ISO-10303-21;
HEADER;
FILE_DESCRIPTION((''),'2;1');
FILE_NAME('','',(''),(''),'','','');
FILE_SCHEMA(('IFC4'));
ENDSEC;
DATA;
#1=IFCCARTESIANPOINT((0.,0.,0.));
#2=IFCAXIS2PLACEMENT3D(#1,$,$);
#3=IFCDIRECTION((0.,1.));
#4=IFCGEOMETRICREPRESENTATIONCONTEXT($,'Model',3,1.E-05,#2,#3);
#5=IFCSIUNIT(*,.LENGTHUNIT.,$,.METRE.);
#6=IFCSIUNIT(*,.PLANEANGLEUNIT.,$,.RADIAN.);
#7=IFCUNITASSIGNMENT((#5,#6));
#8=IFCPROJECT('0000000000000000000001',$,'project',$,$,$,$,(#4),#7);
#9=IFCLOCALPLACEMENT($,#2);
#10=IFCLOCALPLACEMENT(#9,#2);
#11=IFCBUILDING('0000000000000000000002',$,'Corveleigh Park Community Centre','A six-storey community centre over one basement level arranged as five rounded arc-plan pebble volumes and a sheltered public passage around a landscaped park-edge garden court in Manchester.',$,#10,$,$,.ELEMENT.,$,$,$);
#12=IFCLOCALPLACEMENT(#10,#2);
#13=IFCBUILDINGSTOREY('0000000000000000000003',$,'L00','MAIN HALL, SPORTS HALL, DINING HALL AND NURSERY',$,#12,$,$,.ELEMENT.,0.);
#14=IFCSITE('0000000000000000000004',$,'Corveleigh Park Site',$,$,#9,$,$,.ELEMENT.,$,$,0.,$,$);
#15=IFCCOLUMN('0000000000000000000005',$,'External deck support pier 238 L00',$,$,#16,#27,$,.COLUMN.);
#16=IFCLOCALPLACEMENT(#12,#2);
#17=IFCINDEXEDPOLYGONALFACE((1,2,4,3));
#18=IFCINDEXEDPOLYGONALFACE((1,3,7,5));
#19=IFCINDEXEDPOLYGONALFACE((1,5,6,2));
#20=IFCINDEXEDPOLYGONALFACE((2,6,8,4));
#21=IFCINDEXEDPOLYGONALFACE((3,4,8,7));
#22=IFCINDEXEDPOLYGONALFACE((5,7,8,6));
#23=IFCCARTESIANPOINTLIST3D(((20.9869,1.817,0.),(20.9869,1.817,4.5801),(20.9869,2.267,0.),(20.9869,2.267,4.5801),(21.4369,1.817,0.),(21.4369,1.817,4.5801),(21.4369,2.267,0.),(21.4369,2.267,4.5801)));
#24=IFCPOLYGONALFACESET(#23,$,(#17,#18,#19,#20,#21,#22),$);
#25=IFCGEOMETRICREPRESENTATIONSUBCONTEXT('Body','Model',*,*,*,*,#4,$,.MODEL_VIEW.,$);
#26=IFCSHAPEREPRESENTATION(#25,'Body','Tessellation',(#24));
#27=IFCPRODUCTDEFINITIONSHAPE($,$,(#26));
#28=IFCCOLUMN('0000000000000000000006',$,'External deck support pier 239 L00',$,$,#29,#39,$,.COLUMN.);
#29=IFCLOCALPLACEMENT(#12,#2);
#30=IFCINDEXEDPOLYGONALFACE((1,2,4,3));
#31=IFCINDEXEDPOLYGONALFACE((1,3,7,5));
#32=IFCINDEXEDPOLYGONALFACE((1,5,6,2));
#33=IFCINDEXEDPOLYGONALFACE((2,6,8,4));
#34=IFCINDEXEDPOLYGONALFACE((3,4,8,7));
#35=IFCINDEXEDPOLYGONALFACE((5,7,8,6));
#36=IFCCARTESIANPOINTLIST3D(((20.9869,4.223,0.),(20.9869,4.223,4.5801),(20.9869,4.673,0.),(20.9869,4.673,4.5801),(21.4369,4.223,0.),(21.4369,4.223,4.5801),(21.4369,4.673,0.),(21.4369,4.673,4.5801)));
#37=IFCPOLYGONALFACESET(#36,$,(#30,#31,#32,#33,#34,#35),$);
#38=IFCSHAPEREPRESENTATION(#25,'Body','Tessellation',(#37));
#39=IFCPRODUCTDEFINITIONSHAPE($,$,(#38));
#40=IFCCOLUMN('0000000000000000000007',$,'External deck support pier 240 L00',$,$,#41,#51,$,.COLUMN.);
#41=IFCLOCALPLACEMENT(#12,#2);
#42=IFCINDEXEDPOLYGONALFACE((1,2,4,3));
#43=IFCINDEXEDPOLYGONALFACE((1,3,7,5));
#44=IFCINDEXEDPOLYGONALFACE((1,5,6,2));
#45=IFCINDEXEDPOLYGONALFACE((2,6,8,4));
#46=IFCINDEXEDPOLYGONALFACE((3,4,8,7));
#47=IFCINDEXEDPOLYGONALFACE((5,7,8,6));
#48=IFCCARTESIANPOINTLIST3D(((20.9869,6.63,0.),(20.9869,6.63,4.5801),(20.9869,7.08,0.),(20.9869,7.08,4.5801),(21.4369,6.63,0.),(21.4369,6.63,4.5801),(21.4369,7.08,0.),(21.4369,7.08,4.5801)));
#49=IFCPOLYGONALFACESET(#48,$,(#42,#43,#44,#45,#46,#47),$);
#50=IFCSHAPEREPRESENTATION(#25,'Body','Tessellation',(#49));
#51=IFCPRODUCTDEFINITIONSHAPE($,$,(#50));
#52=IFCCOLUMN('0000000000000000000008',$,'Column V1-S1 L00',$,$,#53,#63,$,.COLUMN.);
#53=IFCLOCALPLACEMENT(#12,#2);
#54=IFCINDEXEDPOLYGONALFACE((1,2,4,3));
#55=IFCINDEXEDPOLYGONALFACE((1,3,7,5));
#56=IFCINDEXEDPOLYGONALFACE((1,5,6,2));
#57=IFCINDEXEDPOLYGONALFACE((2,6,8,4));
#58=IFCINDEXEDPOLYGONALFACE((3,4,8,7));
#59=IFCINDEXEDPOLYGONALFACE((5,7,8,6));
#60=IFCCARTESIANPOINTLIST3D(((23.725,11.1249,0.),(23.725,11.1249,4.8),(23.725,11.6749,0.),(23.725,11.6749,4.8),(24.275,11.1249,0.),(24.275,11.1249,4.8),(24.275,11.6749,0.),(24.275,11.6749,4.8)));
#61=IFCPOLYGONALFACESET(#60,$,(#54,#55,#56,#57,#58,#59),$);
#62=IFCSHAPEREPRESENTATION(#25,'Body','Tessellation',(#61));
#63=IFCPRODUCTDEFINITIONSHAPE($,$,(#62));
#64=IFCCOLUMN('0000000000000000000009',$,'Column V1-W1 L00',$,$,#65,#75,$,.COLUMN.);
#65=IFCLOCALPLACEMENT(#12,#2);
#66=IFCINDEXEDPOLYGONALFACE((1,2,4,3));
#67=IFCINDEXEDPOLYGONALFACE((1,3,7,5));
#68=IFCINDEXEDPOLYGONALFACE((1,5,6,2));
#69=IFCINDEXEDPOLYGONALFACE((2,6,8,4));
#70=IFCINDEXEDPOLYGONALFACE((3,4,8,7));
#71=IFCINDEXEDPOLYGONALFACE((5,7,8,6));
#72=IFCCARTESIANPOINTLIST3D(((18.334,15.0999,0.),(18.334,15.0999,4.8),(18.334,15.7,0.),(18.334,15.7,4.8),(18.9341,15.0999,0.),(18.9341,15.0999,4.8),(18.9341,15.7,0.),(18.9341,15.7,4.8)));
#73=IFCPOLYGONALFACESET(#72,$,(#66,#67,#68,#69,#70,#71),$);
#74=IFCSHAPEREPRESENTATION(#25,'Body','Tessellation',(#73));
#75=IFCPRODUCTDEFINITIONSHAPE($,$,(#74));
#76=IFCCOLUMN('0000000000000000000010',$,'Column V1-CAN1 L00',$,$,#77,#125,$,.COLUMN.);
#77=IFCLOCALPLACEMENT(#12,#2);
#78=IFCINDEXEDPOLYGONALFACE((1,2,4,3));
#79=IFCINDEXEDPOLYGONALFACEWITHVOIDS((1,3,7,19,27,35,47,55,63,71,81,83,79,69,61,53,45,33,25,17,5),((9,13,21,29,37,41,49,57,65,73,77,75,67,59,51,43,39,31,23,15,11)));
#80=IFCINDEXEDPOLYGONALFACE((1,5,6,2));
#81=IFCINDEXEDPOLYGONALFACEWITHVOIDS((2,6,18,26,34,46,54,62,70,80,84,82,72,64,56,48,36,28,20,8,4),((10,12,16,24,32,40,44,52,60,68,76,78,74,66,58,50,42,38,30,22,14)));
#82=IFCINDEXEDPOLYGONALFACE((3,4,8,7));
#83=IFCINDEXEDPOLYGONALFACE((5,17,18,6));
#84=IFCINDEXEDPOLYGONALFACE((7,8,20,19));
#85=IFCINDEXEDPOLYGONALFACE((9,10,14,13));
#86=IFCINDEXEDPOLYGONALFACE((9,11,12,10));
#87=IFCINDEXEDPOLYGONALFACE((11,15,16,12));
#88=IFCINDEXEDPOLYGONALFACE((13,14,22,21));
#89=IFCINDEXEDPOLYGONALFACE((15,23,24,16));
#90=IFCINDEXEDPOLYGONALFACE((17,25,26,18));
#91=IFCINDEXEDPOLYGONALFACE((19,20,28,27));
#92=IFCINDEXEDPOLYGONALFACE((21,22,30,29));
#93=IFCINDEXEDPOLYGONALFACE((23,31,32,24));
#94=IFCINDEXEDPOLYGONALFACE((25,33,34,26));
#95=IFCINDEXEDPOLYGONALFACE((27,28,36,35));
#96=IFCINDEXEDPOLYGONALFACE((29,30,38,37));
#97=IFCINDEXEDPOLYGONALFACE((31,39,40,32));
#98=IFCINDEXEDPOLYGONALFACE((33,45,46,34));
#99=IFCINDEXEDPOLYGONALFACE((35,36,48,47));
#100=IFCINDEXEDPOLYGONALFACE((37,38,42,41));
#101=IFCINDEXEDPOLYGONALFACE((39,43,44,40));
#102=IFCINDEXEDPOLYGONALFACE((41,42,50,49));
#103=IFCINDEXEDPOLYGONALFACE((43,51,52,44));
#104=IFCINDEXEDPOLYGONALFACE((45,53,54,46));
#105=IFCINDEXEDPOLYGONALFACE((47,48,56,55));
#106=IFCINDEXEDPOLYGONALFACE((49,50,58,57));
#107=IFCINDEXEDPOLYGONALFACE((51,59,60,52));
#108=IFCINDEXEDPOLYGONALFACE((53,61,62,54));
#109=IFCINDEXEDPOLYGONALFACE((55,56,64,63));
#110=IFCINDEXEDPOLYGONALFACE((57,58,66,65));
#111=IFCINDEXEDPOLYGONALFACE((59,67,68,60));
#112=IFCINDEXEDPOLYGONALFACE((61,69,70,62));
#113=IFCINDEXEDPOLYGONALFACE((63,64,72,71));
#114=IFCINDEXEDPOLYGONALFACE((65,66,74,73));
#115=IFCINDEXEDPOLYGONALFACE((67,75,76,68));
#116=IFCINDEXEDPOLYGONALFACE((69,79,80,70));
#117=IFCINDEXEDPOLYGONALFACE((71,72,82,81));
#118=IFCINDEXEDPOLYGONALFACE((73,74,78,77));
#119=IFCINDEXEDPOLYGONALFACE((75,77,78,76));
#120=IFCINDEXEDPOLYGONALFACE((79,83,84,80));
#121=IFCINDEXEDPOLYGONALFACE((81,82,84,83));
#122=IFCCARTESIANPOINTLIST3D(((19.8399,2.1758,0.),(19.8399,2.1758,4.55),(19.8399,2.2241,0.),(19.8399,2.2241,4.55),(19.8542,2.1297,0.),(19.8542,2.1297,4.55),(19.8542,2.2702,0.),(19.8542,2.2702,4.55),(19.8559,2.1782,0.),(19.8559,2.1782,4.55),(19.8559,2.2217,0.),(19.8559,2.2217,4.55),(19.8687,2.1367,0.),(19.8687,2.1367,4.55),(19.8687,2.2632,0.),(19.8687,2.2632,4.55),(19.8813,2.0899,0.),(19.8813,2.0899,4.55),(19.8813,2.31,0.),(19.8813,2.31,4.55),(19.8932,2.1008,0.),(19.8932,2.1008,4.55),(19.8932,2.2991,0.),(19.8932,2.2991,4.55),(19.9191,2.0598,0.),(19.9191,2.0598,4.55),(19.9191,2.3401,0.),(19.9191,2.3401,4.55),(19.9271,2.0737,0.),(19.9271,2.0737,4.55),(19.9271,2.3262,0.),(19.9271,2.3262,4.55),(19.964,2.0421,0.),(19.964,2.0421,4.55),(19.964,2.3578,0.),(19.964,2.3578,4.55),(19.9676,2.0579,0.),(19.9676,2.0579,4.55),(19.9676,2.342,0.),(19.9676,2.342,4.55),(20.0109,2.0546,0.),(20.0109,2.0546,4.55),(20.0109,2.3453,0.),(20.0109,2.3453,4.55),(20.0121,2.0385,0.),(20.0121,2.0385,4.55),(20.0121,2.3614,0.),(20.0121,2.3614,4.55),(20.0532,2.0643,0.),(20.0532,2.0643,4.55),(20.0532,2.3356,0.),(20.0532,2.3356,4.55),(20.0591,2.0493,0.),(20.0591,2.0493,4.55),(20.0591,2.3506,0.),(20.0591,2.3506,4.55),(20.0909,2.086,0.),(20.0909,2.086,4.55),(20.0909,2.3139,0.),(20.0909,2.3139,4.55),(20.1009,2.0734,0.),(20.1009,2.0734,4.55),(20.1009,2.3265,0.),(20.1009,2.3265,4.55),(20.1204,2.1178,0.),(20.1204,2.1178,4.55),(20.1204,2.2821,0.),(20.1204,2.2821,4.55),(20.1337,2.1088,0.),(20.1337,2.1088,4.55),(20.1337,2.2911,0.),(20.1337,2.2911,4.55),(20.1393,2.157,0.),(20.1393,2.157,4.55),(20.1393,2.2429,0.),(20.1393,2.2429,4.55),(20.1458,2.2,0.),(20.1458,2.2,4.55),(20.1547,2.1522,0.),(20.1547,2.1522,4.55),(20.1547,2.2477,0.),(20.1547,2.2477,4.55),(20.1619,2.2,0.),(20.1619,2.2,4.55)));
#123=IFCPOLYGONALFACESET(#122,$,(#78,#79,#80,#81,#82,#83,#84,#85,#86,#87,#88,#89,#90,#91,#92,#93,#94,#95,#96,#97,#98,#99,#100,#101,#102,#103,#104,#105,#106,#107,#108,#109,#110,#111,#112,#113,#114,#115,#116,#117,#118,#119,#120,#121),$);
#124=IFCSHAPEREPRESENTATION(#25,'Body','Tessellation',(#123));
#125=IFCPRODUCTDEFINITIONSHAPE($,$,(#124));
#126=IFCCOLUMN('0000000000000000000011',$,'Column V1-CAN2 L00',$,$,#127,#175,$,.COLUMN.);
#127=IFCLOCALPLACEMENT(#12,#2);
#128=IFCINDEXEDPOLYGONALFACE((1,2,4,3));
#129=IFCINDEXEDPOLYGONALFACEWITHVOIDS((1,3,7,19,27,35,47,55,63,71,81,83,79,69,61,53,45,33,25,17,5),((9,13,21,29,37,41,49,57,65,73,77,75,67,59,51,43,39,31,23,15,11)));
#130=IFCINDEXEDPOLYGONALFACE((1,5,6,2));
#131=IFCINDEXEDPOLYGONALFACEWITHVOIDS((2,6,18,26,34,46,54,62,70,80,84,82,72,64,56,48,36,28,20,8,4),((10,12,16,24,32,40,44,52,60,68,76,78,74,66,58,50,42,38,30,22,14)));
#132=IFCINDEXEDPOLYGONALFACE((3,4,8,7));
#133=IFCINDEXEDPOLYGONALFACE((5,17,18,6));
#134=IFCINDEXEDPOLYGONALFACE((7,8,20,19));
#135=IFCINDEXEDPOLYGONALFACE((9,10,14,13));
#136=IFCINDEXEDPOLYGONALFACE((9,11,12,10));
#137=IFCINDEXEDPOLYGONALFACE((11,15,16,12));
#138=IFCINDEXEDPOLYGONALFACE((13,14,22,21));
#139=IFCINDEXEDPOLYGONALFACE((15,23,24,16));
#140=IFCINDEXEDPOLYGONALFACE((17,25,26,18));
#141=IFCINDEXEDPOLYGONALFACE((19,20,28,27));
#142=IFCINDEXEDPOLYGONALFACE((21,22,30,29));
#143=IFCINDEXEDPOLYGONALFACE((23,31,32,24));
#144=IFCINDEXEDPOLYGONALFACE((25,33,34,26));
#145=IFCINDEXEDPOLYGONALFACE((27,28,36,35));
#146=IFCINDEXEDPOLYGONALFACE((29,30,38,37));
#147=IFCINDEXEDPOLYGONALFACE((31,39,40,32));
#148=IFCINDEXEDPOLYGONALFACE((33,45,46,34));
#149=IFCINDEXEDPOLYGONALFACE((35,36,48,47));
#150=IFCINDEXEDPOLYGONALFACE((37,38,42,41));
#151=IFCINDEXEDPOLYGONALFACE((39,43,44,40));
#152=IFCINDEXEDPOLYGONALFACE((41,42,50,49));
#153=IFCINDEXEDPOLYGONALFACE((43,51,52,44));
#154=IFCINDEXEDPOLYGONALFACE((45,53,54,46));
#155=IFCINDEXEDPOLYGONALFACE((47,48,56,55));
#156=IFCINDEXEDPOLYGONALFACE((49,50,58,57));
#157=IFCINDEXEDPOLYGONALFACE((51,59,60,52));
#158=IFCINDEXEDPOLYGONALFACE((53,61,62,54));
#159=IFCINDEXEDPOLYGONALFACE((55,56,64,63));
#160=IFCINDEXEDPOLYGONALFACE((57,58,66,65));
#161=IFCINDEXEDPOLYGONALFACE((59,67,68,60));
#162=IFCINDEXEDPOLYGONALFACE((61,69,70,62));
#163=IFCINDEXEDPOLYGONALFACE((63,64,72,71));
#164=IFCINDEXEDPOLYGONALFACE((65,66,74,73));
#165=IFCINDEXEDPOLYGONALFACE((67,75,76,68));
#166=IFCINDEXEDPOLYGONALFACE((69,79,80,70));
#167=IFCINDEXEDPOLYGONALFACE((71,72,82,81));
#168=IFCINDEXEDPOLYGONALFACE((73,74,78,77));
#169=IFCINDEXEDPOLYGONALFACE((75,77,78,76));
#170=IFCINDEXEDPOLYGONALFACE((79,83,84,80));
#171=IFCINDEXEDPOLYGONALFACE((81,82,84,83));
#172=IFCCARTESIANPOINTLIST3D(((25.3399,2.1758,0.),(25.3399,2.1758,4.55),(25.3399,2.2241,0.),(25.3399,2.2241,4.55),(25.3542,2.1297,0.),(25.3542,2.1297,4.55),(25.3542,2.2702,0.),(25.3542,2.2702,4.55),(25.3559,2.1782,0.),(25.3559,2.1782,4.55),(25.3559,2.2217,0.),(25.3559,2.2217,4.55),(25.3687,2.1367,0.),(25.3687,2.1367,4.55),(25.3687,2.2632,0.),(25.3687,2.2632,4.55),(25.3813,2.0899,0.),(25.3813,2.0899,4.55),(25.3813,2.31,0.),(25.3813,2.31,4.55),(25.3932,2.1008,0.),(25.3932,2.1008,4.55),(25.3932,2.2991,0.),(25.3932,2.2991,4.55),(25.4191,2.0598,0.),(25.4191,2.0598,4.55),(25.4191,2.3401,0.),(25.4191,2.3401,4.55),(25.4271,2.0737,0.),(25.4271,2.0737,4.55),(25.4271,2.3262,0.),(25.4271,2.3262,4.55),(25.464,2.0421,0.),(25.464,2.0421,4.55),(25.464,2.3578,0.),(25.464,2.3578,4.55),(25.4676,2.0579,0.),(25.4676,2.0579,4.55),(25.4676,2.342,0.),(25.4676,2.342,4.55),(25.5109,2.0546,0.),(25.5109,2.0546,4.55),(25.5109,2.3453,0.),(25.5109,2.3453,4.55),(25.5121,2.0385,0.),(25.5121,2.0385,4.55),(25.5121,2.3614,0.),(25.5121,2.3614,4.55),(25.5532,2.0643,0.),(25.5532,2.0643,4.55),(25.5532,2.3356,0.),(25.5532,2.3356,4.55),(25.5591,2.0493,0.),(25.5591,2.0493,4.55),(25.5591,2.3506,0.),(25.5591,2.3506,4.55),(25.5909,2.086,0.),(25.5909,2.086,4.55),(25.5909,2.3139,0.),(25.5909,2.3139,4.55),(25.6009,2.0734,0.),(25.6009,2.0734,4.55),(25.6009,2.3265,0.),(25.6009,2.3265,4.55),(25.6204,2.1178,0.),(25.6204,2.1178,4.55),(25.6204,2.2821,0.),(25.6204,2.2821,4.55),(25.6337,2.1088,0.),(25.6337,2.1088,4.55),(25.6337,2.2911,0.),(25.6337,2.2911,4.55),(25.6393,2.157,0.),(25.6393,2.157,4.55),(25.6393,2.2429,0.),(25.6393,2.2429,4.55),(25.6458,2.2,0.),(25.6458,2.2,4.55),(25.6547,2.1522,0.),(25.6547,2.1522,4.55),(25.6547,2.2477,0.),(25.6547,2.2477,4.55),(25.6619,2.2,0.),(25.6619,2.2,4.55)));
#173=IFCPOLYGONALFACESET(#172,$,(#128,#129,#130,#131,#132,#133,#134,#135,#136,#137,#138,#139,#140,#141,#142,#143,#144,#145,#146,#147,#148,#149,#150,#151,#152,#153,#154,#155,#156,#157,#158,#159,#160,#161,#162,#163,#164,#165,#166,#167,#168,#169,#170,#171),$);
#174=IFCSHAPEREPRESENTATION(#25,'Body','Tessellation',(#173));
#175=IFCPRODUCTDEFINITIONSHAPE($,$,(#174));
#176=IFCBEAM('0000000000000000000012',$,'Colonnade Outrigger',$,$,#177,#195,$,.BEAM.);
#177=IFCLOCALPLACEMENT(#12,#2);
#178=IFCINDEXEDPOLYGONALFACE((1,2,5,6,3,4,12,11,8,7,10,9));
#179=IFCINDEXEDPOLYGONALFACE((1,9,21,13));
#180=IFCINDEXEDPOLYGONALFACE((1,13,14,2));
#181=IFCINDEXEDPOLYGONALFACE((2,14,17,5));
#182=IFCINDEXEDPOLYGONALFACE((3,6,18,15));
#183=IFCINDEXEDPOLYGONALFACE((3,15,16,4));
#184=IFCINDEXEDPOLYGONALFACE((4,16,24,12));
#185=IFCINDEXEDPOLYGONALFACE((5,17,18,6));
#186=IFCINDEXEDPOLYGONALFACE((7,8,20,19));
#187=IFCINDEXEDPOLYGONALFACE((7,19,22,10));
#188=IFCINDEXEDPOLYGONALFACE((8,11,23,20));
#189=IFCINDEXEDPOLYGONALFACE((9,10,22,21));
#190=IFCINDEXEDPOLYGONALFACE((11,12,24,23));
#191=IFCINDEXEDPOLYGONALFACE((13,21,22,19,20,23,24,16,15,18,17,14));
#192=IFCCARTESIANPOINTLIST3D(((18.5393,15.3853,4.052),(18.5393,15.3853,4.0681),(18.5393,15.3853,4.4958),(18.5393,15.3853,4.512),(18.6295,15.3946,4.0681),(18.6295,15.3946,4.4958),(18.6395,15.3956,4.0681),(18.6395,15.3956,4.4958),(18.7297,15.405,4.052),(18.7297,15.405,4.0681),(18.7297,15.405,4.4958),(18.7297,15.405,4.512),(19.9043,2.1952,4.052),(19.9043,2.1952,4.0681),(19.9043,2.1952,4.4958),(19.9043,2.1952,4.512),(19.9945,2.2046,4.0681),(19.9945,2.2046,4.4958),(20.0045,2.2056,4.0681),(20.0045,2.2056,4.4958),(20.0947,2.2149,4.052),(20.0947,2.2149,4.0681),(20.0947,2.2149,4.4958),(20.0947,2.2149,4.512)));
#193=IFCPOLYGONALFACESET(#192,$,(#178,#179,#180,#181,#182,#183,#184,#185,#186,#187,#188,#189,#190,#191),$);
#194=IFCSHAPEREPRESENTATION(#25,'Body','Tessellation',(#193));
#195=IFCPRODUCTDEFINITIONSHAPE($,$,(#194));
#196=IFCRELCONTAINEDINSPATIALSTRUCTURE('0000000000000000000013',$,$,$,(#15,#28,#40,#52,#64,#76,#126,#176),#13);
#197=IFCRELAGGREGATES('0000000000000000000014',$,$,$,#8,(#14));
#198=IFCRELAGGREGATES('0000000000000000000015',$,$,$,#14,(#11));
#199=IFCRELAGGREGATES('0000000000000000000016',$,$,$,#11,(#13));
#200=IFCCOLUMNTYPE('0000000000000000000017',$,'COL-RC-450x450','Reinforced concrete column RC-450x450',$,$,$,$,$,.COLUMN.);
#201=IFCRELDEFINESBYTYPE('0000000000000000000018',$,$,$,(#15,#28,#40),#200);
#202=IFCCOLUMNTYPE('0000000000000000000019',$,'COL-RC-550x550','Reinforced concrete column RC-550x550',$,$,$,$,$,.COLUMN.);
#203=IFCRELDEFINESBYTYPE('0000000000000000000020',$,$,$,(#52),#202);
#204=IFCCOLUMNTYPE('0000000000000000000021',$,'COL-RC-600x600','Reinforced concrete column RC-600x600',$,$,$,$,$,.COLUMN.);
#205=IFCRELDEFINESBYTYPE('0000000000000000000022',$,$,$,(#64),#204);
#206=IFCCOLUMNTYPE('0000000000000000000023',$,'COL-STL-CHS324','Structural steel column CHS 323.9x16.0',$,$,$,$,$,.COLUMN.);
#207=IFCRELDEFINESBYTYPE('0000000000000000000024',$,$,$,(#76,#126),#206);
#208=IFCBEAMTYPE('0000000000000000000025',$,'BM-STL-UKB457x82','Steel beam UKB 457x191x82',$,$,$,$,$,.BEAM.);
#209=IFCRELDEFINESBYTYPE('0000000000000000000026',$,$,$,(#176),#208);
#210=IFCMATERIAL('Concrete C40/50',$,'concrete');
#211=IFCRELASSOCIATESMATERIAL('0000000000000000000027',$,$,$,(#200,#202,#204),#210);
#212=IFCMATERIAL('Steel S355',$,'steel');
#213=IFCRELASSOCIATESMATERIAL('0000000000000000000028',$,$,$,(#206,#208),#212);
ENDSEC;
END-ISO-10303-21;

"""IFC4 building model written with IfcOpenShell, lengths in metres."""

from ifc_helpers import new_model, si_unit, direction, frame, origin, origin_2d, place, context, subcontext, project, spatial, rectangle, hollow_circle, i_section, extrude, material, material_profile, profile_set, type_object, element, save


model = new_model("IFC4")

# Units and contexts
model_context = context("Model", 3, precision=1e-05, world=origin(), true_north=direction((0.0, 1.0)))
body_context = subcontext(model_context, "Body", "Model", "MODEL_VIEW")
ifc_project = project(units=[si_unit("LENGTHUNIT", "METRE"), si_unit("PLANEANGLEUNIT", "RADIAN")], contexts=[model_context])

# Site, building, storey
site_placement = place(None, origin())
site = spatial("IfcSite", under=ifc_project, at=site_placement, Name="Corveleigh Park Site", CompositionType="ELEMENT", RefElevation=0.0)
building_placement = place(site_placement, origin())
building = spatial("IfcBuilding", under=site, at=building_placement, Name="Corveleigh Park Community Centre", Description="A six-storey community centre over one basement level arranged as five rounded arc-plan pebble volumes and a sheltered public passage around a landscaped park-edge garden court in Manchester.", CompositionType="ELEMENT")
storey_placement = place(building_placement, origin())
storey = spatial("IfcBuildingStorey", under=building, at=storey_placement, Name="L00", Description="MAIN HALL, SPORTS HALL, DINING HALL AND NURSERY", CompositionType="ELEMENT", Elevation=0.0)

# Columns
ifc_material_1 = material(Name="Concrete C40/50", Category="concrete")
ifc_material_profile_1 = material_profile(ifc_material_1, rectangle(XDim=0.45, YDim=0.45, at=origin_2d()), Name="RC-450x450", Category="concrete")
ifc_profile_set_1 = profile_set([ifc_material_profile_1], Name="Concrete C40/50")
column_type_1 = type_object("IfcColumnType", Name="COL-RC-450x450", Description="Reinforced concrete column RC-450x450", PredefinedType="COLUMN", material=ifc_profile_set_1)
for number, where, z_axis, x_axis, name in (
    (1, (21.2119, 2.042, 0.0), (0.0, 0.0, 1.0), (1.0, 0.0, 0.0), "External deck support pier 238 L00"),
    (2, (21.2119, 4.448, 0.0), (0.0, 0.0, 1.0), (1.0, 0.0, 0.0), "External deck support pier 239 L00"),
    (3, (21.2119, 6.855, 0.0), (0.0, 0.0, 1.0), (1.0, 0.0, 0.0), "External deck support pier 240 L00"),
):
    element("IfcColumn", number, at=place(storey_placement, frame(where, z_axis=z_axis, x_axis=x_axis)), inside=storey, type_object=column_type_1, Name=name, PredefinedType="COLUMN", context=body_context, shape_type="SweptSolid", body=[
        extrude(rectangle(XDim=0.45, YDim=0.45, at=origin_2d()), origin(), (0.0, 0.0, 1.0), 4.5801),
    ])
ifc_material_profile_2 = material_profile(ifc_material_1, rectangle(XDim=0.55, YDim=0.55, at=origin_2d()), Name="RC-550x550", Category="concrete")
ifc_profile_set_2 = profile_set([ifc_material_profile_2], Name="Concrete C40/50")
column_type_2 = type_object("IfcColumnType", Name="COL-RC-550x550", Description="Reinforced concrete column RC-550x550", PredefinedType="COLUMN", material=ifc_profile_set_2)
column_1_placement = place(storey_placement, frame((24.0, 11.3999, 0.0), z_axis=(0.0, 0.0, 1.0), x_axis=(1.0, 0.0, 0.0)))
element("IfcColumn", 4, at=column_1_placement, inside=storey, type_object=column_type_2, Name="Column V1-S1 L00", PredefinedType="COLUMN", context=body_context, shape_type="SweptSolid", body=[
    extrude(rectangle(XDim=0.55, YDim=0.55, at=origin_2d()), origin(), (0.0, 0.0, 1.0), 4.8),
])
ifc_material_profile_3 = material_profile(ifc_material_1, rectangle(XDim=0.6001, YDim=0.6001, at=origin_2d()), Name="RC-600x600", Category="concrete")
ifc_profile_set_3 = profile_set([ifc_material_profile_3], Name="Concrete C40/50")
column_type_3 = type_object("IfcColumnType", Name="COL-RC-600x600", Description="Reinforced concrete column RC-600x600", PredefinedType="COLUMN", material=ifc_profile_set_3)
column_2_placement = place(storey_placement, frame((18.634, 15.3999, 0.0), z_axis=(0.0, 0.0, 1.0), x_axis=(1.0, 0.0, 0.0)))
element("IfcColumn", 5, at=column_2_placement, inside=storey, type_object=column_type_3, Name="Column V1-W1 L00", PredefinedType="COLUMN", context=body_context, shape_type="SweptSolid", body=[
    extrude(rectangle(XDim=0.6001, YDim=0.6001, at=origin_2d()), origin(), (0.0, 0.0, 1.0), 4.8),
])
ifc_material_2 = material(Name="Steel S355", Category="steel")
ifc_material_profile_4 = material_profile(ifc_material_2, hollow_circle(Radius=0.1619, WallThickness=0.0161, at=origin_2d()), Name="CHS 323.9x16.0", Category="steel")
ifc_profile_set_4 = profile_set([ifc_material_profile_4], Name="Steel S355")
column_type_4 = type_object("IfcColumnType", Name="COL-STL-CHS324", Description="Structural steel column CHS 323.9x16.0", PredefinedType="COLUMN", material=ifc_profile_set_4)
for number, where, z_axis, x_axis, name in (
    (6, (20.0, 2.2, 0.0), (0.0, 0.0, 1.0), (1.0, 0.0, 0.0), "Column V1-CAN1 L00"),
    (7, (25.5, 2.2, 0.0), (0.0, 0.0, 1.0), (1.0, 0.0, 0.0), "Column V1-CAN2 L00"),
):
    element("IfcColumn", number, at=place(storey_placement, frame(where, z_axis=z_axis, x_axis=x_axis)), inside=storey, type_object=column_type_4, Name=name, PredefinedType="COLUMN", context=body_context, shape_type="SweptSolid", body=[
        extrude(hollow_circle(Radius=0.1619, WallThickness=0.0161, at=origin_2d()), origin(), (0.0, 0.0, 1.0), 4.55),
    ])

# Beam
ifc_material_profile_5 = material_profile(ifc_material_2, i_section(OverallWidth=0.1914, OverallDepth=0.46, WebThickness=0.01, FlangeThickness=0.0161, at=origin_2d()), Name="UKB 457x191x82", Category="steel")
ifc_profile_set_5 = profile_set([ifc_material_profile_5], Name="Steel S355")
beam_type_1 = type_object("IfcBeamType", Name="BM-STL-UKB457x82", Description="Steel beam UKB 457x191x82", PredefinedType="BEAM", material=ifc_profile_set_5)
beam_1_placement = place(storey_placement, frame((19.9995, 2.2051, 4.282), z_axis=(-0.102937, 0.994688, 0.0), x_axis=(-0.994688, -0.102937, 0.0)))
element("IfcBeam", 8, at=beam_1_placement, inside=storey, type_object=beam_type_1, Name="Colonnade Outrigger", PredefinedType="BEAM", context=body_context, shape_type="SweptSolid", body=[
    extrude(i_section(OverallWidth=0.1914, OverallDepth=0.46, WebThickness=0.01, FlangeThickness=0.0161, at=origin_2d()), origin(), (0.0, 0.0, 1.0), 13.2605),
])

save(model, "model.ifc")
